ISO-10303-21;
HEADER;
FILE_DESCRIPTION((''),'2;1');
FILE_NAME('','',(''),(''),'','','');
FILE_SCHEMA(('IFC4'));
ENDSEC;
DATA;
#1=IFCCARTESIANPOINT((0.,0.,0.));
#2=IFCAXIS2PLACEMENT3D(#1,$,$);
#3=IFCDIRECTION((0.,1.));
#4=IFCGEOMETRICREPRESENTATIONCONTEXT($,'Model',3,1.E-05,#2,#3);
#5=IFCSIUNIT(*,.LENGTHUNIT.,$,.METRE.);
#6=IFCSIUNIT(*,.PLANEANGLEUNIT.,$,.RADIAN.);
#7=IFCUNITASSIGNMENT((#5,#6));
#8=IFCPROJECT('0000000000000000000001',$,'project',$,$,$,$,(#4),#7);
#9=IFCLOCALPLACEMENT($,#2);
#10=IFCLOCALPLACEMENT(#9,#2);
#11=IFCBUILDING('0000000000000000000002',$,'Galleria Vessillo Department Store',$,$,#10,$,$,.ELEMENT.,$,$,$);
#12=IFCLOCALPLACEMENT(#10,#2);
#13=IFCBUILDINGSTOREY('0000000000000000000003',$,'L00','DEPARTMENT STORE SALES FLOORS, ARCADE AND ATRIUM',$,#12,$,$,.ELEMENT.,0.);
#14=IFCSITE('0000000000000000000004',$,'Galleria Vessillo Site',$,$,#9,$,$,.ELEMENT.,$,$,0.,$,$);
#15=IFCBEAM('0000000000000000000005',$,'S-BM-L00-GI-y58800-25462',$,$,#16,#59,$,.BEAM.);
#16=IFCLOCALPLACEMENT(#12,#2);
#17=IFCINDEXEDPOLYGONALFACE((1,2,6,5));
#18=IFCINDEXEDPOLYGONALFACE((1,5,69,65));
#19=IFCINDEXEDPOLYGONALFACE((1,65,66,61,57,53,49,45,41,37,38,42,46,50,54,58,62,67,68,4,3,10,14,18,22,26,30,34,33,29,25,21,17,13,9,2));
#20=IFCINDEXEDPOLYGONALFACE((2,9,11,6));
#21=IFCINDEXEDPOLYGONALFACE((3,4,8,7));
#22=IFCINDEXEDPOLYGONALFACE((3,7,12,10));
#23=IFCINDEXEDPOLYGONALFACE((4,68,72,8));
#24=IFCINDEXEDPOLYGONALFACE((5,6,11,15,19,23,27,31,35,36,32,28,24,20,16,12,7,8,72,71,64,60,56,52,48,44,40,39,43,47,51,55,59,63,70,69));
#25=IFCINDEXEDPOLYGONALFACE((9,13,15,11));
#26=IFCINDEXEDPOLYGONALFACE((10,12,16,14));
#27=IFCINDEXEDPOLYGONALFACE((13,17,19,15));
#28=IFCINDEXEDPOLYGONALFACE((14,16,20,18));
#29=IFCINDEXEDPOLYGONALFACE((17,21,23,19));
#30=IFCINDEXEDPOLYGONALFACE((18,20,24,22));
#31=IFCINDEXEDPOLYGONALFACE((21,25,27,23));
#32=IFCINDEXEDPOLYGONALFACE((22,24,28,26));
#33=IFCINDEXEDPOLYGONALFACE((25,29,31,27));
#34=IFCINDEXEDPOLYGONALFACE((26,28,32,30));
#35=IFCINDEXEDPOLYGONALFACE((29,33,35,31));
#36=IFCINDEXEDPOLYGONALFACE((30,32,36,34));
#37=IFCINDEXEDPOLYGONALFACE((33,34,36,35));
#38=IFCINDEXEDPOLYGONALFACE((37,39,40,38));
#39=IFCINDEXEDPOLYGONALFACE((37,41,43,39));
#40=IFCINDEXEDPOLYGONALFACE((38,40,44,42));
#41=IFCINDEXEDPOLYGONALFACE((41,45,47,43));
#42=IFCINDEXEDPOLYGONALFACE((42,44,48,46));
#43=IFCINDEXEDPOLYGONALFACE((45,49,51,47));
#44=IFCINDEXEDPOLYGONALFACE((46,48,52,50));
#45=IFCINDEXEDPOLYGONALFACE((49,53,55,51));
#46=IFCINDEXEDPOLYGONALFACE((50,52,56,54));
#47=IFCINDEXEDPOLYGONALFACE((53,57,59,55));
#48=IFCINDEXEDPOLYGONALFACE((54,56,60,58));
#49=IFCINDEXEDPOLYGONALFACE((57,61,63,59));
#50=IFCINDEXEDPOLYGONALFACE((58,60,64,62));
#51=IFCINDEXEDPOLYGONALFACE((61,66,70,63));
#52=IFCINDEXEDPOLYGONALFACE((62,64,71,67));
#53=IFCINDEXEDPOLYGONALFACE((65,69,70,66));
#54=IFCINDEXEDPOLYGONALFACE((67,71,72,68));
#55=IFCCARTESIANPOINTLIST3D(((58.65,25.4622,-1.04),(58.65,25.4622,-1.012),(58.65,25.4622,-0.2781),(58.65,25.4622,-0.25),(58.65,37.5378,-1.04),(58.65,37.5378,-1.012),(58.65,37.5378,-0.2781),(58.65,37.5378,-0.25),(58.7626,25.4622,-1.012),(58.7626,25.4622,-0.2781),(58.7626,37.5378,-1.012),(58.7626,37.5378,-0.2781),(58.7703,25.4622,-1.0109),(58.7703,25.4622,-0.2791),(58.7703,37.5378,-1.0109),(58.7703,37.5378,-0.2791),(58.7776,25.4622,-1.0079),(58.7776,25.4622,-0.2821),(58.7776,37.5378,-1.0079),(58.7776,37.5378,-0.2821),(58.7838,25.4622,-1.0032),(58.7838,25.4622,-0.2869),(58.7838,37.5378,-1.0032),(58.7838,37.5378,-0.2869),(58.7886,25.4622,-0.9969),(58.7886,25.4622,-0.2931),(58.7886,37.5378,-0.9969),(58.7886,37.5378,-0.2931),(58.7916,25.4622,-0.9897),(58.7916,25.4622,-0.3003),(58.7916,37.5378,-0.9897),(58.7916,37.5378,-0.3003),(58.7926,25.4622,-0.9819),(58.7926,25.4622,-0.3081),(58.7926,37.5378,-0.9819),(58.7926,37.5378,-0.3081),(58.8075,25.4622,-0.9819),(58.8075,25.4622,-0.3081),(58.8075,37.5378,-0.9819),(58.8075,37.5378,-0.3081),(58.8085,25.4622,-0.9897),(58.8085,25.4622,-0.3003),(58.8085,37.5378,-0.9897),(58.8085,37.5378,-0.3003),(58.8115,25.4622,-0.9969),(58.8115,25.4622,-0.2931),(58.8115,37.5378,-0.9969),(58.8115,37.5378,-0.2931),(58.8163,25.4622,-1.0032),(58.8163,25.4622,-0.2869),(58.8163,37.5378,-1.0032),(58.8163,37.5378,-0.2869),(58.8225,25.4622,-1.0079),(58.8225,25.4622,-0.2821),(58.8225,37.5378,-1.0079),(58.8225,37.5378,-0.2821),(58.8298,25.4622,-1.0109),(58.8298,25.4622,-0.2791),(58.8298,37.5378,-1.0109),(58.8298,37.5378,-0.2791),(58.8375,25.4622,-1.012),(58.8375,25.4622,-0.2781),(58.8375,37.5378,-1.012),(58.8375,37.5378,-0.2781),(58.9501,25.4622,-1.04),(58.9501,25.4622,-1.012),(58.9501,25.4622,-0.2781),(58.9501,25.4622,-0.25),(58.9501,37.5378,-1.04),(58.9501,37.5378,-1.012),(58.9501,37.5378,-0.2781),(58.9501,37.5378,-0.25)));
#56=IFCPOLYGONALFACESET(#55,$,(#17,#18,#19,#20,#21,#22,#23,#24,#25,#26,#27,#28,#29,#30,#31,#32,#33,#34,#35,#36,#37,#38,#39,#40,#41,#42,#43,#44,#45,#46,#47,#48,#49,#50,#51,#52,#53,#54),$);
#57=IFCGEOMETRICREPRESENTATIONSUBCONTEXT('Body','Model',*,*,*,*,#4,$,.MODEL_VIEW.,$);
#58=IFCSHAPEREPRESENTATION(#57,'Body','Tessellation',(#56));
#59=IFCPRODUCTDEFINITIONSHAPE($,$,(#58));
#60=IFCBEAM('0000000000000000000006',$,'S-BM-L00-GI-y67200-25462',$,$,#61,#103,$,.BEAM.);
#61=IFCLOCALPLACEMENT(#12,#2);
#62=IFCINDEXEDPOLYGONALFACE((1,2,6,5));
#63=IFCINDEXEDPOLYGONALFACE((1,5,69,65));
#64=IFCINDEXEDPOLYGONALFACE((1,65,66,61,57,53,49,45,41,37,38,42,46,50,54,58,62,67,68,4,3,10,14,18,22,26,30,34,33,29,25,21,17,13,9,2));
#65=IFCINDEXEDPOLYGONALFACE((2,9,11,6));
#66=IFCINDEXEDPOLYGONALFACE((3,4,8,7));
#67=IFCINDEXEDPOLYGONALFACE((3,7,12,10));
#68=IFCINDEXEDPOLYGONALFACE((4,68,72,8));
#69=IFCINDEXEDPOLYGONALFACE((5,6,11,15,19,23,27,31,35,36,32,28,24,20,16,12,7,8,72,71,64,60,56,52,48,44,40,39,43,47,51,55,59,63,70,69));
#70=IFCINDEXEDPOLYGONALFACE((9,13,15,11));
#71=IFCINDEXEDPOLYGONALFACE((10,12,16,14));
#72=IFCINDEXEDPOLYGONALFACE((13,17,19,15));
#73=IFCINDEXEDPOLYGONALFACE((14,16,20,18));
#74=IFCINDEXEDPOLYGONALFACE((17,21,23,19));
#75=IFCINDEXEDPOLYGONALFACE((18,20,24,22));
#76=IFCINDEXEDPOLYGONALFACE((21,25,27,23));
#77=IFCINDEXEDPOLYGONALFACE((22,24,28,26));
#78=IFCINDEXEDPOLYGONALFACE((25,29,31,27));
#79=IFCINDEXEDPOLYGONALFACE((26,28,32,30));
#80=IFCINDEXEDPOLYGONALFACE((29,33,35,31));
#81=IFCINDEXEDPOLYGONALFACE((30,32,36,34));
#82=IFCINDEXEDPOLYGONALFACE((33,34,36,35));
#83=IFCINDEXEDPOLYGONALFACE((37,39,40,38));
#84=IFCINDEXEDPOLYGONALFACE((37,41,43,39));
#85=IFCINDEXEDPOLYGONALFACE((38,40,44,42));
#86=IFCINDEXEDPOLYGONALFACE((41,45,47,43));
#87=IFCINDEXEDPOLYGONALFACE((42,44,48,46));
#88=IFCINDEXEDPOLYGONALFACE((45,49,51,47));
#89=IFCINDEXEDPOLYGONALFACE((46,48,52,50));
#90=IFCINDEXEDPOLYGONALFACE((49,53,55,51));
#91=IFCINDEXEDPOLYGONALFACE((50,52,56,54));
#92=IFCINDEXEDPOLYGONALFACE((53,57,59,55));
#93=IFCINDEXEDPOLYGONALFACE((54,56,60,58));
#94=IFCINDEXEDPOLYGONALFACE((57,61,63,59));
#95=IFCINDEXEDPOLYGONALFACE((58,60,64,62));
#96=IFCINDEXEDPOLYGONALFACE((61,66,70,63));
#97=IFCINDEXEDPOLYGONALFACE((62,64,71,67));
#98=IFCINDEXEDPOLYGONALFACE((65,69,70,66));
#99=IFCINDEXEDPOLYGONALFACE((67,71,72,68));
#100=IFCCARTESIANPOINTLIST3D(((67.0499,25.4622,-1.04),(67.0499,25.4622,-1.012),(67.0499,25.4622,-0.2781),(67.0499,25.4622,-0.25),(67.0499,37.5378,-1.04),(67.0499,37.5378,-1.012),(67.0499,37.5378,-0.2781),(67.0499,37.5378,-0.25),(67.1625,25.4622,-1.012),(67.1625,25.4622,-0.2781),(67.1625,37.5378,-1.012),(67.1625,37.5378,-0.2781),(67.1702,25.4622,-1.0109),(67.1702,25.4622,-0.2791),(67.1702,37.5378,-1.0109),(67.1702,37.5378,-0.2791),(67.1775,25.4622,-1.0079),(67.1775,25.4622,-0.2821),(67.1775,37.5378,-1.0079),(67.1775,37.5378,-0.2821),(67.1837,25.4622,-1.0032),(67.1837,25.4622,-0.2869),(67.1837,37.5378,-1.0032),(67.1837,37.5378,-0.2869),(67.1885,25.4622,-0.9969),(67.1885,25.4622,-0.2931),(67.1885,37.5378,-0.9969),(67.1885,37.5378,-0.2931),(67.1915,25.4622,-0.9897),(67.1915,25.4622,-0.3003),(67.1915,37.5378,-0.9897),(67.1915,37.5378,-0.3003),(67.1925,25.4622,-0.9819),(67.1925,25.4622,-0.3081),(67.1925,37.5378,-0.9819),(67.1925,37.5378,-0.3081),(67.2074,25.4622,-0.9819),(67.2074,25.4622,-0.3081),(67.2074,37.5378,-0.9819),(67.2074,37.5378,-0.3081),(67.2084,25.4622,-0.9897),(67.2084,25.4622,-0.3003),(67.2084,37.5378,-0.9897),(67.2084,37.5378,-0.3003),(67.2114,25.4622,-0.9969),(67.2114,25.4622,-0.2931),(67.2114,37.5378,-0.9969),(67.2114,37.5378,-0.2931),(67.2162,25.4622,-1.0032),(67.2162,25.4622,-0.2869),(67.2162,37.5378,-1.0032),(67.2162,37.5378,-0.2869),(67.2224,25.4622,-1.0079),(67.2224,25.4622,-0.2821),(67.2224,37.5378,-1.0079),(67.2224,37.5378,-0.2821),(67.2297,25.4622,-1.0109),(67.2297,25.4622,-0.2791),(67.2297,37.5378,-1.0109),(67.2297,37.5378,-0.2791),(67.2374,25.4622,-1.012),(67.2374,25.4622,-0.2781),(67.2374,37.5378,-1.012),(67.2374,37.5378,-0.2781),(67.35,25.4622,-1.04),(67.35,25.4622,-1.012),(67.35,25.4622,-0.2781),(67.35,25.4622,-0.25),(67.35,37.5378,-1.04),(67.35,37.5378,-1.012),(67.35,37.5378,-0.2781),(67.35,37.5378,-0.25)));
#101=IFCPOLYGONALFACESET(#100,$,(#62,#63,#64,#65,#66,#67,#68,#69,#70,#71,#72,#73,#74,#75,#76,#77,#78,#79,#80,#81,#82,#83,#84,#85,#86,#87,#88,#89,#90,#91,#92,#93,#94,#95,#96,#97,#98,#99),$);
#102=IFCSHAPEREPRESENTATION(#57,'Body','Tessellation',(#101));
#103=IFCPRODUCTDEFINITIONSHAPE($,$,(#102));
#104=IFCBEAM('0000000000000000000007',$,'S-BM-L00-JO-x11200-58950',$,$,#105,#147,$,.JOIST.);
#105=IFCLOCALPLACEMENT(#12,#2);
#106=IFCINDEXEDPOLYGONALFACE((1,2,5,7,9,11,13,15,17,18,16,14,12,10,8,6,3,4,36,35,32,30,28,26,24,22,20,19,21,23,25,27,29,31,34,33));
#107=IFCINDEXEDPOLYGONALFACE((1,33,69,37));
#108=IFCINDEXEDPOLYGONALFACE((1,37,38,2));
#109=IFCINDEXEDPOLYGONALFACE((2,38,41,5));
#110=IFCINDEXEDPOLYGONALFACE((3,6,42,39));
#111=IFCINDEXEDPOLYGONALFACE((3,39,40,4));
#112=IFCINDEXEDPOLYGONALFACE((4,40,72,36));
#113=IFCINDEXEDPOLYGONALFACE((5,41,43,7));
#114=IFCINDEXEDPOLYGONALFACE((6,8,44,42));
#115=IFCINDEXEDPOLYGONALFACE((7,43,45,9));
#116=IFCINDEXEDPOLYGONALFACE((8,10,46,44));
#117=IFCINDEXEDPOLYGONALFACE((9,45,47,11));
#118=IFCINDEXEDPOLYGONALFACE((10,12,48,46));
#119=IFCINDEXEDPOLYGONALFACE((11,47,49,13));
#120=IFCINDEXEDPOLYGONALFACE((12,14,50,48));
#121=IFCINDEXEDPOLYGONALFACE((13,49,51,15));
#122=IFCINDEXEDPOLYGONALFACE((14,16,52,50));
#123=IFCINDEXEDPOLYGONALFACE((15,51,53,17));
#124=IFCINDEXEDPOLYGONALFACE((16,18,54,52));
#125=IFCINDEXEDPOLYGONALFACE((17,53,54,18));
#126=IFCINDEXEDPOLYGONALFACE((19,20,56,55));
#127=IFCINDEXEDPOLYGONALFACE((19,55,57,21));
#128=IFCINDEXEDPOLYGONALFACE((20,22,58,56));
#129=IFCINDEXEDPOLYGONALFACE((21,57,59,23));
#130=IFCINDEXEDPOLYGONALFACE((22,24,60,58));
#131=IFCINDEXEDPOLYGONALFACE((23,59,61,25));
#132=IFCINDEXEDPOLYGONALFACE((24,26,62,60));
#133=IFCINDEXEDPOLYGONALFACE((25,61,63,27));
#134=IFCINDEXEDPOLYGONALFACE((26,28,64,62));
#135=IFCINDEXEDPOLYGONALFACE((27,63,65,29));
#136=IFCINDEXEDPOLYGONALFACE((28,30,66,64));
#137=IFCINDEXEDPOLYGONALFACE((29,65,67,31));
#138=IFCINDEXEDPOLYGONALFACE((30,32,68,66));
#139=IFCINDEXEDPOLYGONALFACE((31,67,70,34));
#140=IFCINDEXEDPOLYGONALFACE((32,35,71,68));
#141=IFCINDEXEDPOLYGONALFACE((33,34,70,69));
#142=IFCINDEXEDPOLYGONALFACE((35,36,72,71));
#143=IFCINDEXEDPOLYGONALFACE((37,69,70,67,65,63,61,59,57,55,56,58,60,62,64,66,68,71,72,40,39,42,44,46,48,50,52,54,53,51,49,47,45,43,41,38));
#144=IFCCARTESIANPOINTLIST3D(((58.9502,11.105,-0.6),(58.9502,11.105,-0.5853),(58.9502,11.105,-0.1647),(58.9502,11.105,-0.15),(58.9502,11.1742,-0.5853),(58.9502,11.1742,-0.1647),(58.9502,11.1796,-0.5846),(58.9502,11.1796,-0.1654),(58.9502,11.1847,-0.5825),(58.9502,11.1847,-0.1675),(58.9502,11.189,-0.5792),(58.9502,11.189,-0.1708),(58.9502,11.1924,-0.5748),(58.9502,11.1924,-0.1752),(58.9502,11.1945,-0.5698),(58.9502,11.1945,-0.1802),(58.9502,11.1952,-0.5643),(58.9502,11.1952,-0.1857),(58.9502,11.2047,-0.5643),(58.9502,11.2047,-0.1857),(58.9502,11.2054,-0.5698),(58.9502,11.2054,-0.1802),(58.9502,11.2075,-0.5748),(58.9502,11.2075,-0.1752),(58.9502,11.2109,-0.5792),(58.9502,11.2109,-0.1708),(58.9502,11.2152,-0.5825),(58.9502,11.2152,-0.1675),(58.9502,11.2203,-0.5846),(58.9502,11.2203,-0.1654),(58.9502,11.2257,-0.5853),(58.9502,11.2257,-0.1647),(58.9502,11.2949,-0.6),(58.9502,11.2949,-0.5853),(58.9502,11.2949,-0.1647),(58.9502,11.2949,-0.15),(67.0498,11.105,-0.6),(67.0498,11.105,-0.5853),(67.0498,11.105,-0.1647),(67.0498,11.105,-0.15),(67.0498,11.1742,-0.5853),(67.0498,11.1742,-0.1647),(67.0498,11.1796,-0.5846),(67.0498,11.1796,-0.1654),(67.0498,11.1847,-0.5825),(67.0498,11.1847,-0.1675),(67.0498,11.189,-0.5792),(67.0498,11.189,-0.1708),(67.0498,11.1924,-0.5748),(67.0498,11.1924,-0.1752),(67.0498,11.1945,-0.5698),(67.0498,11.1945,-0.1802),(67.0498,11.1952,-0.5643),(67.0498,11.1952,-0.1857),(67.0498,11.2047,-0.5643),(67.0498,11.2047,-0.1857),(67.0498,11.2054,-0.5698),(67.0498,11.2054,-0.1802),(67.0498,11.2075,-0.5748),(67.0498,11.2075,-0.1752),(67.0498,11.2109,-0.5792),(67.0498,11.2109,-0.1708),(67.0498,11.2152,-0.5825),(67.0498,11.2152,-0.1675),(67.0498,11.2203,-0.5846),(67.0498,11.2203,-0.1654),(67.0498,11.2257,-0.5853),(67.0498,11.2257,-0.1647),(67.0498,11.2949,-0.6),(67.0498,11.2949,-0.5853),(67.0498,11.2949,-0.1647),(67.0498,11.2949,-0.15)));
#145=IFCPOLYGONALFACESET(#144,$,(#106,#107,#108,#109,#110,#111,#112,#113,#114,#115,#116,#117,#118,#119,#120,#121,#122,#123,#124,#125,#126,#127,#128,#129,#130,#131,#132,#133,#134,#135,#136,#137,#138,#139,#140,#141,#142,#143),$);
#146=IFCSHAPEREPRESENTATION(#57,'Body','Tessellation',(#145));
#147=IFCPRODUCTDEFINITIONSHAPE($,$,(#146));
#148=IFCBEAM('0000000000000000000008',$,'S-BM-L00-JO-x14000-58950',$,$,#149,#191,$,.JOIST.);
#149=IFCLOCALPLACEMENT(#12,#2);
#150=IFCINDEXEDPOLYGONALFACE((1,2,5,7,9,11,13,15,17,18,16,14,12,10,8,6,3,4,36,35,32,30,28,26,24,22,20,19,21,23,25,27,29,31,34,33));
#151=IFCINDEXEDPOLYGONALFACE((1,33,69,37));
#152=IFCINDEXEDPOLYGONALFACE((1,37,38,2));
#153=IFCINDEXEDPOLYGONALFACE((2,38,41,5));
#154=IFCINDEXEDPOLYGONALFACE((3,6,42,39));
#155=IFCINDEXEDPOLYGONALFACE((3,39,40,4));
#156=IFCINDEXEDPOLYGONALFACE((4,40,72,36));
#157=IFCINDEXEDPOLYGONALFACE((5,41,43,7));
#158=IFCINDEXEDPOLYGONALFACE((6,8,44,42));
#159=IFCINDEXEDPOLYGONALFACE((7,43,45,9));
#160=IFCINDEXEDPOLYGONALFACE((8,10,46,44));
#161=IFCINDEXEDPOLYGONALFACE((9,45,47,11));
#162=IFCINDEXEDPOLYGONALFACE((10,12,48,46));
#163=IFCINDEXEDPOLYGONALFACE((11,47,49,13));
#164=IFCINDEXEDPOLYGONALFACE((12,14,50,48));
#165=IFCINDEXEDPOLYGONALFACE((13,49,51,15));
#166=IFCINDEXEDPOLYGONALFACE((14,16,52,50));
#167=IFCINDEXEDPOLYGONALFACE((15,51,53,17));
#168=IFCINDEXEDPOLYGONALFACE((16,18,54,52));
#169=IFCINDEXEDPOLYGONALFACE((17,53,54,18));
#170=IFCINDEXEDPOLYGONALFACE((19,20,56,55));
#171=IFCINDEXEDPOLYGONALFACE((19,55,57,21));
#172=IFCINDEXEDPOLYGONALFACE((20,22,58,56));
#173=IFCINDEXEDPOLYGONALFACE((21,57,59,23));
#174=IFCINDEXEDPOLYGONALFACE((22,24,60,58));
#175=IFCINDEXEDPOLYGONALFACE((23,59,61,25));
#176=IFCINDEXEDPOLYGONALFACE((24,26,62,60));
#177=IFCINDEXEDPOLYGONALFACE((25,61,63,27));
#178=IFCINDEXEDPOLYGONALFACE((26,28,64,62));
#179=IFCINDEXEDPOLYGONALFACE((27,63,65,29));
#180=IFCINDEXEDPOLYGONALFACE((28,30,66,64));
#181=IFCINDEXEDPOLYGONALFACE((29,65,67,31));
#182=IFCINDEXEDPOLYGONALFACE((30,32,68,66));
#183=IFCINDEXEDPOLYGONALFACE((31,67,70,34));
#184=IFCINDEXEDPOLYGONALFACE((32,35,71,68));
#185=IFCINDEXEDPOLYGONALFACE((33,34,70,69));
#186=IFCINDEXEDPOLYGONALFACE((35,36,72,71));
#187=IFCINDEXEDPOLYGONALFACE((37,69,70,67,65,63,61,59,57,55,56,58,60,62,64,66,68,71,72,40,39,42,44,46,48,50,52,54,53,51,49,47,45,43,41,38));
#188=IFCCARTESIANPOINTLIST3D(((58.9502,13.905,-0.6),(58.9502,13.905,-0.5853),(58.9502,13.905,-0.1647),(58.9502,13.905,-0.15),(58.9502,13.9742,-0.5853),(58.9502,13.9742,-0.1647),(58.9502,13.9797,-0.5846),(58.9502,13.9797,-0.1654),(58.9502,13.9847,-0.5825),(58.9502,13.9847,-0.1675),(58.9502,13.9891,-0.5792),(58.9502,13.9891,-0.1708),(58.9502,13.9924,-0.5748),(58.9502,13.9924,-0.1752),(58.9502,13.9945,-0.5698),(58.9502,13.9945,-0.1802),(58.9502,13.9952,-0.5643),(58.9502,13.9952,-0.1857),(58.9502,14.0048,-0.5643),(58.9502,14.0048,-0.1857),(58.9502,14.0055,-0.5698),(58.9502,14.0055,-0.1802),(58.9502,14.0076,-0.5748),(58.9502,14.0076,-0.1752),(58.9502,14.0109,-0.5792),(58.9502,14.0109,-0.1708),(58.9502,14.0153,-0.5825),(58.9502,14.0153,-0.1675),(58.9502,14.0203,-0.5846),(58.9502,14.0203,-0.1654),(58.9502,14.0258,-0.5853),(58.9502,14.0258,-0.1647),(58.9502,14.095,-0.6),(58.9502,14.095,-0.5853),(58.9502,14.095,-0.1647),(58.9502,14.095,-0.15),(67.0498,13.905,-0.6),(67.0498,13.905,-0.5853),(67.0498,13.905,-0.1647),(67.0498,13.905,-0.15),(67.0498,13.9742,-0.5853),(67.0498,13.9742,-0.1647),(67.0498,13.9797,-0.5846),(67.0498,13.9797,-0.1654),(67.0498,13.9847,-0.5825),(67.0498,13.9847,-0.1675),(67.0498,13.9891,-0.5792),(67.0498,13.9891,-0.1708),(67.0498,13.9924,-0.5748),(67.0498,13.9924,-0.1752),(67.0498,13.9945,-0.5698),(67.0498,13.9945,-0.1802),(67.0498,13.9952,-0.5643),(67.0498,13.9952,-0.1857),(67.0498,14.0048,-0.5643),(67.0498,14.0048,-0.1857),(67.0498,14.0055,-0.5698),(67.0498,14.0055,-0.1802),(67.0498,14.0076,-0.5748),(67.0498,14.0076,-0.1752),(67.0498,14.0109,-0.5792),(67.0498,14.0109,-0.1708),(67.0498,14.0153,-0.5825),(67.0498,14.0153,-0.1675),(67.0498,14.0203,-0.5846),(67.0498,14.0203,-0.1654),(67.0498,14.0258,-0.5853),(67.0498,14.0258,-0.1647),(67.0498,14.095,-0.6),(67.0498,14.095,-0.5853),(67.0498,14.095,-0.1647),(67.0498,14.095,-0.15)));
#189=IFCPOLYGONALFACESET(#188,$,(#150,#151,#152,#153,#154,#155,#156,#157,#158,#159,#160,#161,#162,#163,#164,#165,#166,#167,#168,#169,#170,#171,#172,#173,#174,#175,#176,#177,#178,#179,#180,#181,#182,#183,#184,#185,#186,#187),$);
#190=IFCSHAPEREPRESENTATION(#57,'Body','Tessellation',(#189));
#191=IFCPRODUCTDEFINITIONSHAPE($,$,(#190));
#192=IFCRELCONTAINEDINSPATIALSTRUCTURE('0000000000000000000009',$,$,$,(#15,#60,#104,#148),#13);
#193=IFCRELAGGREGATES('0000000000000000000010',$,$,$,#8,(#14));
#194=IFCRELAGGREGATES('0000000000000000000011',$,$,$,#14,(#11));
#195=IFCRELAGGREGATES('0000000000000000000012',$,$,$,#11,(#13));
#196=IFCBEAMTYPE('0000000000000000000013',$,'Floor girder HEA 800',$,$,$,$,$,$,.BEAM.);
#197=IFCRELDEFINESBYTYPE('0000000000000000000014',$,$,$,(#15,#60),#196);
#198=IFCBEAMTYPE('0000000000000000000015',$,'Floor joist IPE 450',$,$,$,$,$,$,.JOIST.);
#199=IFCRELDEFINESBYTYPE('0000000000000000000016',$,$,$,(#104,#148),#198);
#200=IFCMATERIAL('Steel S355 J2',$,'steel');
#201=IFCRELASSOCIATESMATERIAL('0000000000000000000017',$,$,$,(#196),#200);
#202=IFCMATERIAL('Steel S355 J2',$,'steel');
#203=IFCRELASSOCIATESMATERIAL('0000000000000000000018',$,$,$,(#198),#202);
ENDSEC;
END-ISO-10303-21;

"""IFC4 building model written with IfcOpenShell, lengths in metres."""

from ifc_helpers import new_model, si_unit, direction, frame, origin, origin_2d, place, context, subcontext, project, spatial, i_section, extrude, material, material_profile, profile_set, type_object, element, save


model = new_model("IFC4")

# Units and contexts
model_context = context("Model", 3, precision=1e-05, world=origin(), true_north=direction((0.0, 1.0)))
body_context = subcontext(model_context, "Body", "Model", "MODEL_VIEW")
ifc_project = project(units=[si_unit("LENGTHUNIT", "METRE"), si_unit("PLANEANGLEUNIT", "RADIAN")], contexts=[model_context])

# Site, building, storey
site_placement = place(None, origin())
site = spatial("IfcSite", under=ifc_project, at=site_placement, Name="Galleria Vessillo Site", CompositionType="ELEMENT", RefElevation=0.0)
building_placement = place(site_placement, origin())
building = spatial("IfcBuilding", under=site, at=building_placement, Name="Galleria Vessillo Department Store", CompositionType="ELEMENT")
storey_placement = place(building_placement, origin())
storey = spatial("IfcBuildingStorey", under=building, at=storey_placement, Name="L00", Description="DEPARTMENT STORE SALES FLOORS, ARCADE AND ATRIUM", CompositionType="ELEMENT", Elevation=0.0)

# Beams
ifc_material_1 = material(Name="Steel S355 J2", Category="steel")
ifc_material_profile_1 = material_profile(ifc_material_1, i_section(OverallWidth=0.3, OverallDepth=0.79, WebThickness=0.0149, FlangeThickness=0.0281, FilletRadius=0.03, at=origin_2d()), Name="HEA 800")
ifc_profile_set_1 = profile_set([ifc_material_profile_1], Name="Steel S355 J2")
beam_type_1 = type_object("IfcBeamType", Name="Floor girder HEA 800", PredefinedType="BEAM", material=ifc_profile_set_1)
for number, where, z_axis, x_axis, name in (
    (1, (58.8, 25.4622, -0.645), (0.0, 1.0, 0.0), (-1.0, 0.0, 0.0), "S-BM-L00-GI-y58800-25462"),
    (2, (67.2, 25.4622, -0.645), (0.0, 1.0, 0.0), (-1.0, 0.0, 0.0), "S-BM-L00-GI-y67200-25462"),
):
    element("IfcBeam", number, at=place(storey_placement, frame(where, z_axis=z_axis, x_axis=x_axis)), inside=storey, type_object=beam_type_1, Name=name, PredefinedType="BEAM", context=body_context, shape_type="SweptSolid", body=[
        extrude(i_section(OverallWidth=0.3, OverallDepth=0.79, WebThickness=0.0149, FlangeThickness=0.0281, FilletRadius=0.03, at=origin_2d()), origin(), (0.0, 0.0, 1.0), 12.0757),
    ])
ifc_material_2 = material(Name="Steel S355 J2", Category="steel")
ifc_material_profile_2 = material_profile(ifc_material_2, i_section(OverallWidth=0.1899, OverallDepth=0.45, WebThickness=0.0095, FlangeThickness=0.0146, FilletRadius=0.021, at=origin_2d()), Name="IPE 450")
ifc_profile_set_2 = profile_set([ifc_material_profile_2], Name="Steel S355 J2")
beam_type_2 = type_object("IfcBeamType", Name="Floor joist IPE 450", PredefinedType="JOIST", material=ifc_profile_set_2)
for number, where, z_axis, x_axis, name in (
    (3, (58.9502, 11.2, -0.375), (1.0, 0.0, 0.0), (0.0, 1.0, 0.0), "S-BM-L00-JO-x11200-58950"),
    (4, (58.9502, 14.0, -0.375), (1.0, 0.0, 0.0), (0.0, 1.0, 0.0), "S-BM-L00-JO-x14000-58950"),
):
    element("IfcBeam", number, at=place(storey_placement, frame(where, z_axis=z_axis, x_axis=x_axis)), inside=storey, type_object=beam_type_2, Name=name, PredefinedType="JOIST", context=body_context, shape_type="SweptSolid", body=[
        extrude(i_section(OverallWidth=0.1899, OverallDepth=0.45, WebThickness=0.0095, FlangeThickness=0.0146, FilletRadius=0.021, at=origin_2d()), origin(), (0.0, 0.0, 1.0), 8.0996),
    ])

save(model, "model.ifc")
